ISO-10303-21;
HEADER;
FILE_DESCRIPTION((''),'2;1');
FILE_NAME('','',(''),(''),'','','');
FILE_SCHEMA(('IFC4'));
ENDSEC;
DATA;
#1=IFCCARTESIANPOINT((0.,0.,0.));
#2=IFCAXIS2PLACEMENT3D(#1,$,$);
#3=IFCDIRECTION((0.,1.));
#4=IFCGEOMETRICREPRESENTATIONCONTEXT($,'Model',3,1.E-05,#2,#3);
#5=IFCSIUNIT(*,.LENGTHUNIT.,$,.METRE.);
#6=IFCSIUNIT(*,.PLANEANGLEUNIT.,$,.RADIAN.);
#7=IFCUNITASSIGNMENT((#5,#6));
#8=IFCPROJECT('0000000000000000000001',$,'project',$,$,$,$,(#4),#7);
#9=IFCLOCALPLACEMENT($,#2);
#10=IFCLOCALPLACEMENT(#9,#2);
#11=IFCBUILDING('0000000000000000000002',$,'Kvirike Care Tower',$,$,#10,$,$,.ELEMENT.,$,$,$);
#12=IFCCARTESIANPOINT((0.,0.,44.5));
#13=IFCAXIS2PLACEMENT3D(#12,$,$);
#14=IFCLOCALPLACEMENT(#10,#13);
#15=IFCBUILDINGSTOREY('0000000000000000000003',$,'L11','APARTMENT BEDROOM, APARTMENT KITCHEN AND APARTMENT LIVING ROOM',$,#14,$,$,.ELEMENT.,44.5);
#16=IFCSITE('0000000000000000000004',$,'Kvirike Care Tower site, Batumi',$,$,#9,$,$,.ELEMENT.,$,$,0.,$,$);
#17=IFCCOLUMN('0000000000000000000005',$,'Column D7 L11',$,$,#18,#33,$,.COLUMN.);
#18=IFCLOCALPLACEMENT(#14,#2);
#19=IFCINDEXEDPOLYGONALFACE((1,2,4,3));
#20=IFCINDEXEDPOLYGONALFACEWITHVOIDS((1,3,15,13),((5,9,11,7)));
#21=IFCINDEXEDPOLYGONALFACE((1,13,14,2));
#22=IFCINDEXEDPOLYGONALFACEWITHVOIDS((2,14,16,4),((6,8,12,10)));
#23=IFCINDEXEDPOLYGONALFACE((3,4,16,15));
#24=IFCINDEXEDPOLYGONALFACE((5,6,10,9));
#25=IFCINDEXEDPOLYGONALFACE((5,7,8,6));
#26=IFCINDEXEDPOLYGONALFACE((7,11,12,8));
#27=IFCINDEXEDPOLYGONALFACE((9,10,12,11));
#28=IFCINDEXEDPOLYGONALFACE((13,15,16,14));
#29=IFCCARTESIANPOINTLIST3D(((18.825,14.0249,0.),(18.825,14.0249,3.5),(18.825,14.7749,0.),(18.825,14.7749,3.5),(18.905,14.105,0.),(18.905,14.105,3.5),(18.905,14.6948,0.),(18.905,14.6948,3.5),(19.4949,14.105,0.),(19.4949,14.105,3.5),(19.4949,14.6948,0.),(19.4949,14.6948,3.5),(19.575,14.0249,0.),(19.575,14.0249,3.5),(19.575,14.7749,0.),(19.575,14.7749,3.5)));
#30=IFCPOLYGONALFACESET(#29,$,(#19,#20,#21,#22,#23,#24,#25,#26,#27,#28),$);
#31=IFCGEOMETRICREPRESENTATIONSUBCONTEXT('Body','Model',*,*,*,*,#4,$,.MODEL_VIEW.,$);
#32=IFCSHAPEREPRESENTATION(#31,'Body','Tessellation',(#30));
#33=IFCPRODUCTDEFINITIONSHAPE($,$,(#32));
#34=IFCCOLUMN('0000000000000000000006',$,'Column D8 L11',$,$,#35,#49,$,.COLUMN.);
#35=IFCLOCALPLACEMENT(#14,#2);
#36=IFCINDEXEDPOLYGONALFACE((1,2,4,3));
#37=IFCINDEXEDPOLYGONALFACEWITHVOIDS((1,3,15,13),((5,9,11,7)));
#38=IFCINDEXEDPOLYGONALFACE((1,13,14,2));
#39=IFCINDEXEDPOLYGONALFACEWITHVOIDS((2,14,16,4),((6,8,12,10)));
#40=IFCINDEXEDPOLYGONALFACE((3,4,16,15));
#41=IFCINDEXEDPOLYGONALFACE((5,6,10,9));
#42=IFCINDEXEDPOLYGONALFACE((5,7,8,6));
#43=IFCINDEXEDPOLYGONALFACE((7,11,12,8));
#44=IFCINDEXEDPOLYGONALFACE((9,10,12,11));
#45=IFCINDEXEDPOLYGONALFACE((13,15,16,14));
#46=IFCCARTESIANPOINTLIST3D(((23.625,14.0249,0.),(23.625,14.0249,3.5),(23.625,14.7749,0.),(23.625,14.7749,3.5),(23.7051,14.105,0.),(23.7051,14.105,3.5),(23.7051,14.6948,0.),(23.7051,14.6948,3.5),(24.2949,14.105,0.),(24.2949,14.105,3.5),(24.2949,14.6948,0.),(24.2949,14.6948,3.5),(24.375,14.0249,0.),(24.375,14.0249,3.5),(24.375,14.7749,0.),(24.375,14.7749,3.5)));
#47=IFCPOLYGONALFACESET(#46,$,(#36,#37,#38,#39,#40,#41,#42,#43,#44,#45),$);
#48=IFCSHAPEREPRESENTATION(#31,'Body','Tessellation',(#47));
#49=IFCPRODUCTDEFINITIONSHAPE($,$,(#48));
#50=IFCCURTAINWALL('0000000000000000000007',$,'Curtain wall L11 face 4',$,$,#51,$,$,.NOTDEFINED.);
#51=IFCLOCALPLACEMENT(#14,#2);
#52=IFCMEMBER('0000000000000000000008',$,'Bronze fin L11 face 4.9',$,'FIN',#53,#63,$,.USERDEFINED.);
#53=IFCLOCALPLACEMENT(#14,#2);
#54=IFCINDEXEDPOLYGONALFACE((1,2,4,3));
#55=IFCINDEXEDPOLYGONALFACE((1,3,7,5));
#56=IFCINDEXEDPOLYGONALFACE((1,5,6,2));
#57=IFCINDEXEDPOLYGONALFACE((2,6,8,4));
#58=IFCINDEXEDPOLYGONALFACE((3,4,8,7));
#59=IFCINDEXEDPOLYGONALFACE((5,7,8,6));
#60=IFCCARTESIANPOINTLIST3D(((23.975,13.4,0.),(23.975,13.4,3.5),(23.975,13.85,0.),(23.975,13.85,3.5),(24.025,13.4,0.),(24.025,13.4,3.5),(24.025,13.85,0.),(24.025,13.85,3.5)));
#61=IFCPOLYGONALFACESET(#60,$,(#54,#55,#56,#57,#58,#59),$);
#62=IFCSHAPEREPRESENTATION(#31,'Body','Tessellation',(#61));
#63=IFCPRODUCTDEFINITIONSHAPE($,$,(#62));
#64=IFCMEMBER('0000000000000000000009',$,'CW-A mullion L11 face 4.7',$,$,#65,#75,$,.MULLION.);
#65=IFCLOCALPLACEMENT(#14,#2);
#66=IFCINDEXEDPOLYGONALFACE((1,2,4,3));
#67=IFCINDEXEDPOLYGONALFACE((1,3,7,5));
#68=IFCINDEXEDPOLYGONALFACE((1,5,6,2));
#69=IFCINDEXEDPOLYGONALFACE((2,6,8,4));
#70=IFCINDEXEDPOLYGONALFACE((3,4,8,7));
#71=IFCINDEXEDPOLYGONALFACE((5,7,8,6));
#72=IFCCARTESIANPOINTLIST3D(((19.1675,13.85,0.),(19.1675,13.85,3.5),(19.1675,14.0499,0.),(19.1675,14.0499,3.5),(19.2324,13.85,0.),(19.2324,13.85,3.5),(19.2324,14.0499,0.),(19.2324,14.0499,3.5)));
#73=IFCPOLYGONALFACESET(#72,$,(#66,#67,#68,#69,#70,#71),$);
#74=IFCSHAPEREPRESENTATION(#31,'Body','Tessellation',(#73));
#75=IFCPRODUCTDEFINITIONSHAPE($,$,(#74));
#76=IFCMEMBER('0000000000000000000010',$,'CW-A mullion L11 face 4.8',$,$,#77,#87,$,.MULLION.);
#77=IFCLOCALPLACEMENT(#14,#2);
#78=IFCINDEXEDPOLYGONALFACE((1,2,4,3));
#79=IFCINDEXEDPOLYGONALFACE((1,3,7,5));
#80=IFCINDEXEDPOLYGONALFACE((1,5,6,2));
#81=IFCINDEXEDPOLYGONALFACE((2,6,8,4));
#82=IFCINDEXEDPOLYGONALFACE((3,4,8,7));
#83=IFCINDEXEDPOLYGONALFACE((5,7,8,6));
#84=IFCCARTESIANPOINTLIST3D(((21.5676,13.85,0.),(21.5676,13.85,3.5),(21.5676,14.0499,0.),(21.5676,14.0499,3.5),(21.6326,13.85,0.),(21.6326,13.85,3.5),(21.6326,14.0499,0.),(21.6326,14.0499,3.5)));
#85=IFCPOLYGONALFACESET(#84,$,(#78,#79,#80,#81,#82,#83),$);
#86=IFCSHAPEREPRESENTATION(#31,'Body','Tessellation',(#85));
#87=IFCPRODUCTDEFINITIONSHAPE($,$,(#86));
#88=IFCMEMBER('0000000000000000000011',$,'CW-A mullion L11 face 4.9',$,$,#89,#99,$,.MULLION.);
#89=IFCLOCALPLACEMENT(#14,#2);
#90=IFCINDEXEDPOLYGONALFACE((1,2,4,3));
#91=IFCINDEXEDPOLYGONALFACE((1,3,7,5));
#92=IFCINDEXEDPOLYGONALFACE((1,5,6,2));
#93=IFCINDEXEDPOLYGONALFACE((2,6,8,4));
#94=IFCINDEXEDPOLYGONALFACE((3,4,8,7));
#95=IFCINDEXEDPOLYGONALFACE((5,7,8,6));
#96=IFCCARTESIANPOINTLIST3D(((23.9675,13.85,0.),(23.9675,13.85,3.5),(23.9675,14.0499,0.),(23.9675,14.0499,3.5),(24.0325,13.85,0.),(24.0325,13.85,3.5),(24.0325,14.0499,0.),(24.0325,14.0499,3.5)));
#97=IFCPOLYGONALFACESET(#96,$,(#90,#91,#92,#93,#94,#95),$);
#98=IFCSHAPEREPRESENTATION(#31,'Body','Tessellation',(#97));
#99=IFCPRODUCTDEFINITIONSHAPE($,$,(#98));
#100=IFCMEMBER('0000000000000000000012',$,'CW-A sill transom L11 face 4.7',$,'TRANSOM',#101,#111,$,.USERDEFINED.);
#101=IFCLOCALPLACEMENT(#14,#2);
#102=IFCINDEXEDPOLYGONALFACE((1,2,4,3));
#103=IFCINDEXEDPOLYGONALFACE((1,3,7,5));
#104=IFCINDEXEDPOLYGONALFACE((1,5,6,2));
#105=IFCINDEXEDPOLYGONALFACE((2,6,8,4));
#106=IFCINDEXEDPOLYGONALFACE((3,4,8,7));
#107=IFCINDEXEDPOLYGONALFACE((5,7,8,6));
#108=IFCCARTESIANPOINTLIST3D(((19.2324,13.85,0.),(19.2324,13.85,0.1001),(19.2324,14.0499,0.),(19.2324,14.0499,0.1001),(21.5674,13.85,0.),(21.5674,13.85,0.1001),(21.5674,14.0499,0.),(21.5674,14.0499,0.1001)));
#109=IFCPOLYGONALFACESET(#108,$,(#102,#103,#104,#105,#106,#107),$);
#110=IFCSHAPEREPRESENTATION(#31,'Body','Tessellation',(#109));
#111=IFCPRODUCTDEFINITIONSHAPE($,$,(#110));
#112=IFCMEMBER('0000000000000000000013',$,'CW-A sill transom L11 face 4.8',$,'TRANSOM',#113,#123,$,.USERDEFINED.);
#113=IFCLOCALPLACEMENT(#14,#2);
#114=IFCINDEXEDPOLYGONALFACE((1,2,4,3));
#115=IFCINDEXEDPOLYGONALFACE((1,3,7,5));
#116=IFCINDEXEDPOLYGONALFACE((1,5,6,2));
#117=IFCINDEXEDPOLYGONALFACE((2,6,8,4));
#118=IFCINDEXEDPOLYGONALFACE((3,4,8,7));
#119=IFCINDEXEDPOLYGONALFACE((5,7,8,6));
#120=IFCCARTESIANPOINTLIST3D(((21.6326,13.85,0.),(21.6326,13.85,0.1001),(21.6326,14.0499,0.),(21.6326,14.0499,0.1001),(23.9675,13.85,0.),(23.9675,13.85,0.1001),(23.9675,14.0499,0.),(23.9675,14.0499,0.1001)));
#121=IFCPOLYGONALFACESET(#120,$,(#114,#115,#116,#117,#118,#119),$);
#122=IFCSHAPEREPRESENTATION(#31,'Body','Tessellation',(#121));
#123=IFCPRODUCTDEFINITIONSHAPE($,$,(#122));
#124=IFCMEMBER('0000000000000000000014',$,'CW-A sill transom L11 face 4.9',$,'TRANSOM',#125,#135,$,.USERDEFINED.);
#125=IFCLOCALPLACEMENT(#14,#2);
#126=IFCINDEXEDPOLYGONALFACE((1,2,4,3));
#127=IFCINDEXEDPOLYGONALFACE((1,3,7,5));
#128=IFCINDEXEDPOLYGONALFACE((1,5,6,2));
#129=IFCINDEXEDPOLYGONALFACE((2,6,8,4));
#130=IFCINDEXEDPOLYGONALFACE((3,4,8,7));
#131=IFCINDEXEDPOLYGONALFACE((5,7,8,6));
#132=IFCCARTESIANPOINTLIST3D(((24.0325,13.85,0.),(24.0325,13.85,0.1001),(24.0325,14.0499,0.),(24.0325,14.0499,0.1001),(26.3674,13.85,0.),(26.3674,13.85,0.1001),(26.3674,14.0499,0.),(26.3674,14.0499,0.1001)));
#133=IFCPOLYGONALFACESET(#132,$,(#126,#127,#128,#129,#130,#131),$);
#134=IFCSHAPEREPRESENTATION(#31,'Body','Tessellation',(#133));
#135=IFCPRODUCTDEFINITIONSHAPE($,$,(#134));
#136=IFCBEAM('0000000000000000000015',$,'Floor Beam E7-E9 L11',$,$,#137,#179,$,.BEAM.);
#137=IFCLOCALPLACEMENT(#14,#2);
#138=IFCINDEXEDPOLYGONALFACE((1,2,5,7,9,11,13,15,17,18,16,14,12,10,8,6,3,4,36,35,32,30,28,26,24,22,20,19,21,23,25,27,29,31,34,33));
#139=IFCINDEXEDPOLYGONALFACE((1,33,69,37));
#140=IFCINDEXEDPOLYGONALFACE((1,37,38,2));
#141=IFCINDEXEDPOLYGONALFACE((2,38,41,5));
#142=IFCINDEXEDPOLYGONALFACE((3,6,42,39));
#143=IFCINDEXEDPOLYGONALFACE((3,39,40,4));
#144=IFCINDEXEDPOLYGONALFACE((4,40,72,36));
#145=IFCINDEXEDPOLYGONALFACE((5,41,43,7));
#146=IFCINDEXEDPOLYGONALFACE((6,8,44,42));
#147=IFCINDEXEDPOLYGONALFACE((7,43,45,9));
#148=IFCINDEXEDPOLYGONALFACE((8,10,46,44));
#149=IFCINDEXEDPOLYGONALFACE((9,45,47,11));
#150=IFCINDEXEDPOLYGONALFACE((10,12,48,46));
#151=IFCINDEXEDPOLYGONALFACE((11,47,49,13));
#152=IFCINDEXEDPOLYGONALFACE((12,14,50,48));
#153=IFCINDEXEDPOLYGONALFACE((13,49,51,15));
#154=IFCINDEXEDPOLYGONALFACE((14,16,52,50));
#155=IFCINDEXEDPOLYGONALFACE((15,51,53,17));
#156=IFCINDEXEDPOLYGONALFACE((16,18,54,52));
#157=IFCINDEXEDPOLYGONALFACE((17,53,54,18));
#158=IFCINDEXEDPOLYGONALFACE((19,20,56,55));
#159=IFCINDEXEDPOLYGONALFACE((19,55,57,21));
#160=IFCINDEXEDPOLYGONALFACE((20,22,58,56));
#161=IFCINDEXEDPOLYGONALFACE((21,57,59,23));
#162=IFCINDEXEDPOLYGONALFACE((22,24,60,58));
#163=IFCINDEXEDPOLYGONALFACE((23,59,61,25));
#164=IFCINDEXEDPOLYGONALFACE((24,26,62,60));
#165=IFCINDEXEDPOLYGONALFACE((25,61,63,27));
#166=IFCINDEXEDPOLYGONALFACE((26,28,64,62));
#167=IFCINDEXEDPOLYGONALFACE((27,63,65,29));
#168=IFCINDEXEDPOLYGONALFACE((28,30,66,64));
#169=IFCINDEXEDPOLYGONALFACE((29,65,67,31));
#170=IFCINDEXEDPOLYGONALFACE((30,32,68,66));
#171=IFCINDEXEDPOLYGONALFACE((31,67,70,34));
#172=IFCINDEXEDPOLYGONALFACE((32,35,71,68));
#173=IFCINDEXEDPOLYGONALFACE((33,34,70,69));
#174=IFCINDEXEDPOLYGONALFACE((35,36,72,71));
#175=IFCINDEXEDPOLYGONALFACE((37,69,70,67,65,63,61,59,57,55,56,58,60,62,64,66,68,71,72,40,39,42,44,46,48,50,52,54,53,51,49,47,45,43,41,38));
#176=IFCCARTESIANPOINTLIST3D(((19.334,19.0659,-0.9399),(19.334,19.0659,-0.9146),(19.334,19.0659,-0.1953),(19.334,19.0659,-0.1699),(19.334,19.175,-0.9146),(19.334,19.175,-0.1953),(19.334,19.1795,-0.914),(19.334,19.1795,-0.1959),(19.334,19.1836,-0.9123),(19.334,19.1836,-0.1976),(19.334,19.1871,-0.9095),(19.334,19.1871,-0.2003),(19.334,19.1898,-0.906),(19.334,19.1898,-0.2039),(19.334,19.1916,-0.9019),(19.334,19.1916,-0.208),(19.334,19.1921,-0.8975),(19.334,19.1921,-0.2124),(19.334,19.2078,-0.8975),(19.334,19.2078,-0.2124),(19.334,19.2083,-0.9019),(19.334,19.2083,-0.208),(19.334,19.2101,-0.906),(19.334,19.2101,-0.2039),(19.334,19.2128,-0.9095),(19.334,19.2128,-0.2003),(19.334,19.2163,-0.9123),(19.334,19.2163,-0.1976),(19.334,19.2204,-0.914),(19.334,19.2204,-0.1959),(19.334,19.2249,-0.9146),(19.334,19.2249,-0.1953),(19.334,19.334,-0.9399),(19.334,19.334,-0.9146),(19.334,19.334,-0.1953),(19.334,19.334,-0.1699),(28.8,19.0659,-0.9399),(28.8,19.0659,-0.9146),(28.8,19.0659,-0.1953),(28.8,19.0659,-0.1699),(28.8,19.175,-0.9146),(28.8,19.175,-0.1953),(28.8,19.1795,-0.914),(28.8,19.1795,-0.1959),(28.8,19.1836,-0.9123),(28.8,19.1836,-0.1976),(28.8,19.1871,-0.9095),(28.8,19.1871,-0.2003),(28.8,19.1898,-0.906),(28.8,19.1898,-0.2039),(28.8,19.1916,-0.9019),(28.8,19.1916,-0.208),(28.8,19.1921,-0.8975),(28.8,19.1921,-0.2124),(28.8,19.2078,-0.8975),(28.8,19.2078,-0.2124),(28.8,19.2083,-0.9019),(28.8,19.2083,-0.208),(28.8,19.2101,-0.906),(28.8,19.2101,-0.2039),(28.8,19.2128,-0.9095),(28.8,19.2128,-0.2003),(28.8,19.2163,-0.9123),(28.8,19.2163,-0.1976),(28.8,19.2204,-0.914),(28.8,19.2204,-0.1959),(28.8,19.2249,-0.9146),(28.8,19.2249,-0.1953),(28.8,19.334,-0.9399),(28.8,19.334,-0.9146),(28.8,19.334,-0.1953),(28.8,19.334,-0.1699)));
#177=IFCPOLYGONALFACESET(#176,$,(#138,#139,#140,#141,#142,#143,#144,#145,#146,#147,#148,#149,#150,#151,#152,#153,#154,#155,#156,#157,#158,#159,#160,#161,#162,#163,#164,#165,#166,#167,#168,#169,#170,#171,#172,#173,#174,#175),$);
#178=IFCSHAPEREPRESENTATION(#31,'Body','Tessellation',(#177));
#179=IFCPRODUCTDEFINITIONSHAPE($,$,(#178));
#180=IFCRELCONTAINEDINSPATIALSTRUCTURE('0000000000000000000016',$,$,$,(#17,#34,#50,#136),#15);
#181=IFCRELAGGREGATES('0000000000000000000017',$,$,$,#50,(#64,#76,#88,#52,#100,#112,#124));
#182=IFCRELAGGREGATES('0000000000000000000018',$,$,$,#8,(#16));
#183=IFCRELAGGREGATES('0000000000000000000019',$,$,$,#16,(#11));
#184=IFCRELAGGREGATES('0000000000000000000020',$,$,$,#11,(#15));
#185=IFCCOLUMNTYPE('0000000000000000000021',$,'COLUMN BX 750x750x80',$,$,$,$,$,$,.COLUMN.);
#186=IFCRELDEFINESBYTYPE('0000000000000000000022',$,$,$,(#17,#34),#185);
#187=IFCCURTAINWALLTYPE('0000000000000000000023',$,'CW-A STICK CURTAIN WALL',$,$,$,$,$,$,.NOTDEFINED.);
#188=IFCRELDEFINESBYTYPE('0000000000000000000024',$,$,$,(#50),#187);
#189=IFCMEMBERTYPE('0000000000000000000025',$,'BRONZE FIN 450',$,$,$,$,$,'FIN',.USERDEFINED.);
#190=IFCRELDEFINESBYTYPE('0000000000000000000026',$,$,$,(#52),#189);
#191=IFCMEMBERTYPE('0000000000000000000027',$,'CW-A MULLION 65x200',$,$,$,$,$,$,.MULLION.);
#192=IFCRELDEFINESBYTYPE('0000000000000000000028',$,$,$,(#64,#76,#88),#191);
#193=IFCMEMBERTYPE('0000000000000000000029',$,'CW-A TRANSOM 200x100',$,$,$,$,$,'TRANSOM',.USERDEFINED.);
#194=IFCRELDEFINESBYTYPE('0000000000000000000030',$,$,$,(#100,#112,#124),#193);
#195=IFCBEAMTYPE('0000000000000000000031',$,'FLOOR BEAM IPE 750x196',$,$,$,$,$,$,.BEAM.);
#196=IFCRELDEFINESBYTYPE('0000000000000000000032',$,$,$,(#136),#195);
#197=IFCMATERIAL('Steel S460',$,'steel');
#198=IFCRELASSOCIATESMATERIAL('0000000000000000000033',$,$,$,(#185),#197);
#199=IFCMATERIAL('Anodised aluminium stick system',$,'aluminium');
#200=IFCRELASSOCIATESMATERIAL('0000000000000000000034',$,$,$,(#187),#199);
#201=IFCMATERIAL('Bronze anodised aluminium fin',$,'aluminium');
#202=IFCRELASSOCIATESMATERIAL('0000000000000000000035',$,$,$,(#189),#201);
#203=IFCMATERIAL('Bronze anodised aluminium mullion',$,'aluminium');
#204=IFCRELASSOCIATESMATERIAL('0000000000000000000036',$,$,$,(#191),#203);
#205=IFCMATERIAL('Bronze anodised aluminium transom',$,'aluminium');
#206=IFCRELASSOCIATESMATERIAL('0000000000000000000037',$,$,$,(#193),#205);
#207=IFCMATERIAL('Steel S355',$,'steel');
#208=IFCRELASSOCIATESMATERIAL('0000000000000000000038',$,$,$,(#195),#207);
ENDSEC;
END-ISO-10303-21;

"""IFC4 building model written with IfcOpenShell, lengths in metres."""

from ifc_helpers import new_model, si_unit, direction, frame, origin, origin_2d, place, context, subcontext, project, spatial, rectangle, hollow_rectangle, i_section, extrude, material, material_profile, profile_set, type_object, element, aggregate, save


model = new_model("IFC4")

# Units and contexts
model_context = context("Model", 3, precision=1e-05, world=origin(), true_north=direction((0.0, 1.0)))
body_context = subcontext(model_context, "Body", "Model", "MODEL_VIEW")
ifc_project = project(units=[si_unit("LENGTHUNIT", "METRE"), si_unit("PLANEANGLEUNIT", "RADIAN")], contexts=[model_context])

# Site, building, storey
site_placement = place(None, origin())
site = spatial("IfcSite", under=ifc_project, at=site_placement, Name="Kvirike Care Tower site, Batumi", CompositionType="ELEMENT", RefElevation=0.0)
building_placement = place(site_placement, origin())
building = spatial("IfcBuilding", under=site, at=building_placement, Name="Kvirike Care Tower", CompositionType="ELEMENT")
storey_placement = place(building_placement, frame((0.0, 0.0, 44.5)))
storey = spatial("IfcBuildingStorey", under=building, at=storey_placement, Name="L11", Description="APARTMENT BEDROOM, APARTMENT KITCHEN AND APARTMENT LIVING ROOM", CompositionType="ELEMENT", Elevation=44.5)

# Columns
ifc_material_1 = material(Name="Steel S460", Category="steel")
ifc_material_profile_1 = material_profile(ifc_material_1, hollow_rectangle(XDim=0.75, YDim=0.75, WallThickness=0.0801, at=origin_2d()), Name="BX 750x750x80")
ifc_profile_set_1 = profile_set([ifc_material_profile_1], Name="Steel S460")
column_type = type_object("IfcColumnType", Name="COLUMN BX 750x750x80", PredefinedType="COLUMN", material=ifc_profile_set_1)
for number, where, z_axis, x_axis, name in (
    (1, (19.2, 14.3999, 0.0), (0.0, 0.0, 1.0), (0.0, 1.0, 0.0), "Column D7 L11"),
    (2, (24.0, 14.3999, 0.0), (0.0, 0.0, 1.0), (0.0, 1.0, 0.0), "Column D8 L11"),
):
    element("IfcColumn", number, at=place(storey_placement, frame(where, z_axis=z_axis, x_axis=x_axis)), inside=storey, type_object=column_type, Name=name, PredefinedType="COLUMN", context=body_context, shape_type="SweptSolid", body=[
        extrude(hollow_rectangle(XDim=0.75, YDim=0.75, WallThickness=0.0801, at=origin_2d()), origin(), (0.0, 0.0, 1.0), 3.5),
    ])

# Curtain wall, members
ifc_material_2 = material(Name="Anodised aluminium stick system", Category="aluminium")
curtain_wall_type = type_object("IfcCurtainWallType", Name="CW-A STICK CURTAIN WALL", PredefinedType="NOTDEFINED", material=ifc_material_2)
curtain_wall_placement = place(storey_placement, origin())
curtain_wall = element("IfcCurtainWall", 3, at=curtain_wall_placement, inside=storey, type_object=curtain_wall_type, Name="Curtain wall L11 face 4", PredefinedType="NOTDEFINED")
ifc_material_3 = material(Name="Bronze anodised aluminium fin", Category="aluminium")
ifc_material_profile_2 = material_profile(ifc_material_3, rectangle(XDim=0.05, YDim=0.45, at=origin_2d()), Name="BRONZE FIN 450")
ifc_profile_set_2 = profile_set([ifc_material_profile_2], Name="Bronze anodised aluminium fin")
member_type_1 = type_object("IfcMemberType", Name="BRONZE FIN 450", ElementType="FIN", PredefinedType="USERDEFINED", material=ifc_profile_set_2)
member_1_placement = place(storey_placement, frame((24.0, 13.625, 0.0), z_axis=(0.0, 0.0, 1.0), x_axis=(1.0, 0.0, 0.0)))
member_1 = element("IfcMember", 4, at=member_1_placement, type_object=member_type_1, Name="Bronze fin L11 face 4.9", ObjectType="FIN", PredefinedType="USERDEFINED", context=body_context, shape_type="SweptSolid", body=[
    extrude(rectangle(XDim=0.05, YDim=0.45, at=origin_2d()), origin(), (0.0, 0.0, 1.0), 3.5),
])
ifc_material_4 = material(Name="Bronze anodised aluminium mullion", Category="aluminium")
ifc_material_profile_3 = material_profile(ifc_material_4, rectangle(XDim=0.0649, YDim=0.2, at=origin_2d()), Name="CW-A MULLION 65x200")
ifc_profile_set_3 = profile_set([ifc_material_profile_3], Name="Bronze anodised aluminium mullion")
member_type_2 = type_object("IfcMemberType", Name="CW-A MULLION 65x200", PredefinedType="MULLION", material=ifc_profile_set_3)
member_2_placement = place(storey_placement, frame((19.2, 13.95, 0.0), z_axis=(0.0, 0.0, 1.0), x_axis=(1.0, 0.0, 0.0)))
member_2 = element("IfcMember", 5, at=member_2_placement, type_object=member_type_2, Name="CW-A mullion L11 face 4.7", PredefinedType="MULLION", context=body_context, shape_type="SweptSolid", body=[
    extrude(rectangle(XDim=0.0649, YDim=0.2, at=origin_2d()), origin(), (0.0, 0.0, 1.0), 3.5),
])
member_3_placement = place(storey_placement, frame((21.6001, 13.95, 0.0), z_axis=(0.0, 0.0, 1.0), x_axis=(1.0, 0.0, 0.0)))
member_3 = element("IfcMember", 6, at=member_3_placement, type_object=member_type_2, Name="CW-A mullion L11 face 4.8", PredefinedType="MULLION", context=body_context, shape_type="SweptSolid", body=[
    extrude(rectangle(XDim=0.0649, YDim=0.2, at=origin_2d()), origin(), (0.0, 0.0, 1.0), 3.5),
])
member_4_placement = place(storey_placement, frame((24.0, 13.95, 0.0), z_axis=(0.0, 0.0, 1.0), x_axis=(1.0, 0.0, 0.0)))
member_4 = element("IfcMember", 7, at=member_4_placement, type_object=member_type_2, Name="CW-A mullion L11 face 4.9", PredefinedType="MULLION", context=body_context, shape_type="SweptSolid", body=[
    extrude(rectangle(XDim=0.0649, YDim=0.2, at=origin_2d()), origin(), (0.0, 0.0, 1.0), 3.5),
])
ifc_material_5 = material(Name="Bronze anodised aluminium transom", Category="aluminium")
ifc_material_profile_4 = material_profile(ifc_material_5, rectangle(XDim=0.2, YDim=0.1001, at=origin_2d()), Name="CW-A TRANSOM 200x100")
ifc_profile_set_4 = profile_set([ifc_material_profile_4], Name="Bronze anodised aluminium transom")
member_type_3 = type_object("IfcMemberType", Name="CW-A TRANSOM 200x100", ElementType="TRANSOM", PredefinedType="USERDEFINED", material=ifc_profile_set_4)
member_5_placement = place(storey_placement, frame((19.2324, 13.95, 0.05), z_axis=(1.0, 0.0, 0.0), x_axis=(0.0, 1.0, 0.0)))
member_5 = element("IfcMember", 8, at=member_5_placement, type_object=member_type_3, Name="CW-A sill transom L11 face 4.7", ObjectType="TRANSOM", PredefinedType="USERDEFINED", context=body_context, shape_type="SweptSolid", body=[
    extrude(rectangle(XDim=0.2, YDim=0.1001, at=origin_2d()), origin(), (0.0, 0.0, 1.0), 2.335),
])
member_6_placement = place(storey_placement, frame((21.6326, 13.95, 0.05), z_axis=(1.0, 0.0, 0.0), x_axis=(0.0, 1.0, 0.0)))
member_6 = element("IfcMember", 9, at=member_6_placement, type_object=member_type_3, Name="CW-A sill transom L11 face 4.8", ObjectType="TRANSOM", PredefinedType="USERDEFINED", context=body_context, shape_type="SweptSolid", body=[
    extrude(rectangle(XDim=0.2, YDim=0.1001, at=origin_2d()), origin(), (0.0, 0.0, 1.0), 2.335),
])
member_7_placement = place(storey_placement, frame((24.0325, 13.95, 0.05), z_axis=(1.0, 0.0, 0.0), x_axis=(0.0, 1.0, 0.0)))
member_7 = element("IfcMember", 10, at=member_7_placement, type_object=member_type_3, Name="CW-A sill transom L11 face 4.9", ObjectType="TRANSOM", PredefinedType="USERDEFINED", context=body_context, shape_type="SweptSolid", body=[
    extrude(rectangle(XDim=0.2, YDim=0.1001, at=origin_2d()), origin(), (0.0, 0.0, 1.0), 2.335),
])

# Beam
ifc_material_6 = material(Name="Steel S355", Category="steel")
ifc_material_profile_5 = material_profile(ifc_material_6, i_section(OverallWidth=0.2681, OverallDepth=0.77, WebThickness=0.0156, FlangeThickness=0.0254, FilletRadius=0.0171, at=origin_2d()), Name="IPE 750x196")
ifc_profile_set_5 = profile_set([ifc_material_profile_5], Name="Steel S355")
beam_type_1 = type_object("IfcBeamType", Name="FLOOR BEAM IPE 750x196", PredefinedType="BEAM", material=ifc_profile_set_5)
beam_1_placement = place(storey_placement, frame((19.334, 19.2, -0.5549), z_axis=(1.0, 0.0, 0.0), x_axis=(0.0, 1.0, 0.0)))
element("IfcBeam", 11, at=beam_1_placement, inside=storey, type_object=beam_type_1, Name="Floor Beam E7-E9 L11", PredefinedType="BEAM", context=body_context, shape_type="SweptSolid", body=[
    extrude(i_section(OverallWidth=0.2681, OverallDepth=0.77, WebThickness=0.0156, FlangeThickness=0.0254, FilletRadius=0.0171, at=origin_2d()), origin(), (0.0, 0.0, 1.0), 9.4661),
])

aggregate(curtain_wall, [member_2, member_3, member_4, member_1, member_5, member_6, member_7])

save(model, "model.ifc")
